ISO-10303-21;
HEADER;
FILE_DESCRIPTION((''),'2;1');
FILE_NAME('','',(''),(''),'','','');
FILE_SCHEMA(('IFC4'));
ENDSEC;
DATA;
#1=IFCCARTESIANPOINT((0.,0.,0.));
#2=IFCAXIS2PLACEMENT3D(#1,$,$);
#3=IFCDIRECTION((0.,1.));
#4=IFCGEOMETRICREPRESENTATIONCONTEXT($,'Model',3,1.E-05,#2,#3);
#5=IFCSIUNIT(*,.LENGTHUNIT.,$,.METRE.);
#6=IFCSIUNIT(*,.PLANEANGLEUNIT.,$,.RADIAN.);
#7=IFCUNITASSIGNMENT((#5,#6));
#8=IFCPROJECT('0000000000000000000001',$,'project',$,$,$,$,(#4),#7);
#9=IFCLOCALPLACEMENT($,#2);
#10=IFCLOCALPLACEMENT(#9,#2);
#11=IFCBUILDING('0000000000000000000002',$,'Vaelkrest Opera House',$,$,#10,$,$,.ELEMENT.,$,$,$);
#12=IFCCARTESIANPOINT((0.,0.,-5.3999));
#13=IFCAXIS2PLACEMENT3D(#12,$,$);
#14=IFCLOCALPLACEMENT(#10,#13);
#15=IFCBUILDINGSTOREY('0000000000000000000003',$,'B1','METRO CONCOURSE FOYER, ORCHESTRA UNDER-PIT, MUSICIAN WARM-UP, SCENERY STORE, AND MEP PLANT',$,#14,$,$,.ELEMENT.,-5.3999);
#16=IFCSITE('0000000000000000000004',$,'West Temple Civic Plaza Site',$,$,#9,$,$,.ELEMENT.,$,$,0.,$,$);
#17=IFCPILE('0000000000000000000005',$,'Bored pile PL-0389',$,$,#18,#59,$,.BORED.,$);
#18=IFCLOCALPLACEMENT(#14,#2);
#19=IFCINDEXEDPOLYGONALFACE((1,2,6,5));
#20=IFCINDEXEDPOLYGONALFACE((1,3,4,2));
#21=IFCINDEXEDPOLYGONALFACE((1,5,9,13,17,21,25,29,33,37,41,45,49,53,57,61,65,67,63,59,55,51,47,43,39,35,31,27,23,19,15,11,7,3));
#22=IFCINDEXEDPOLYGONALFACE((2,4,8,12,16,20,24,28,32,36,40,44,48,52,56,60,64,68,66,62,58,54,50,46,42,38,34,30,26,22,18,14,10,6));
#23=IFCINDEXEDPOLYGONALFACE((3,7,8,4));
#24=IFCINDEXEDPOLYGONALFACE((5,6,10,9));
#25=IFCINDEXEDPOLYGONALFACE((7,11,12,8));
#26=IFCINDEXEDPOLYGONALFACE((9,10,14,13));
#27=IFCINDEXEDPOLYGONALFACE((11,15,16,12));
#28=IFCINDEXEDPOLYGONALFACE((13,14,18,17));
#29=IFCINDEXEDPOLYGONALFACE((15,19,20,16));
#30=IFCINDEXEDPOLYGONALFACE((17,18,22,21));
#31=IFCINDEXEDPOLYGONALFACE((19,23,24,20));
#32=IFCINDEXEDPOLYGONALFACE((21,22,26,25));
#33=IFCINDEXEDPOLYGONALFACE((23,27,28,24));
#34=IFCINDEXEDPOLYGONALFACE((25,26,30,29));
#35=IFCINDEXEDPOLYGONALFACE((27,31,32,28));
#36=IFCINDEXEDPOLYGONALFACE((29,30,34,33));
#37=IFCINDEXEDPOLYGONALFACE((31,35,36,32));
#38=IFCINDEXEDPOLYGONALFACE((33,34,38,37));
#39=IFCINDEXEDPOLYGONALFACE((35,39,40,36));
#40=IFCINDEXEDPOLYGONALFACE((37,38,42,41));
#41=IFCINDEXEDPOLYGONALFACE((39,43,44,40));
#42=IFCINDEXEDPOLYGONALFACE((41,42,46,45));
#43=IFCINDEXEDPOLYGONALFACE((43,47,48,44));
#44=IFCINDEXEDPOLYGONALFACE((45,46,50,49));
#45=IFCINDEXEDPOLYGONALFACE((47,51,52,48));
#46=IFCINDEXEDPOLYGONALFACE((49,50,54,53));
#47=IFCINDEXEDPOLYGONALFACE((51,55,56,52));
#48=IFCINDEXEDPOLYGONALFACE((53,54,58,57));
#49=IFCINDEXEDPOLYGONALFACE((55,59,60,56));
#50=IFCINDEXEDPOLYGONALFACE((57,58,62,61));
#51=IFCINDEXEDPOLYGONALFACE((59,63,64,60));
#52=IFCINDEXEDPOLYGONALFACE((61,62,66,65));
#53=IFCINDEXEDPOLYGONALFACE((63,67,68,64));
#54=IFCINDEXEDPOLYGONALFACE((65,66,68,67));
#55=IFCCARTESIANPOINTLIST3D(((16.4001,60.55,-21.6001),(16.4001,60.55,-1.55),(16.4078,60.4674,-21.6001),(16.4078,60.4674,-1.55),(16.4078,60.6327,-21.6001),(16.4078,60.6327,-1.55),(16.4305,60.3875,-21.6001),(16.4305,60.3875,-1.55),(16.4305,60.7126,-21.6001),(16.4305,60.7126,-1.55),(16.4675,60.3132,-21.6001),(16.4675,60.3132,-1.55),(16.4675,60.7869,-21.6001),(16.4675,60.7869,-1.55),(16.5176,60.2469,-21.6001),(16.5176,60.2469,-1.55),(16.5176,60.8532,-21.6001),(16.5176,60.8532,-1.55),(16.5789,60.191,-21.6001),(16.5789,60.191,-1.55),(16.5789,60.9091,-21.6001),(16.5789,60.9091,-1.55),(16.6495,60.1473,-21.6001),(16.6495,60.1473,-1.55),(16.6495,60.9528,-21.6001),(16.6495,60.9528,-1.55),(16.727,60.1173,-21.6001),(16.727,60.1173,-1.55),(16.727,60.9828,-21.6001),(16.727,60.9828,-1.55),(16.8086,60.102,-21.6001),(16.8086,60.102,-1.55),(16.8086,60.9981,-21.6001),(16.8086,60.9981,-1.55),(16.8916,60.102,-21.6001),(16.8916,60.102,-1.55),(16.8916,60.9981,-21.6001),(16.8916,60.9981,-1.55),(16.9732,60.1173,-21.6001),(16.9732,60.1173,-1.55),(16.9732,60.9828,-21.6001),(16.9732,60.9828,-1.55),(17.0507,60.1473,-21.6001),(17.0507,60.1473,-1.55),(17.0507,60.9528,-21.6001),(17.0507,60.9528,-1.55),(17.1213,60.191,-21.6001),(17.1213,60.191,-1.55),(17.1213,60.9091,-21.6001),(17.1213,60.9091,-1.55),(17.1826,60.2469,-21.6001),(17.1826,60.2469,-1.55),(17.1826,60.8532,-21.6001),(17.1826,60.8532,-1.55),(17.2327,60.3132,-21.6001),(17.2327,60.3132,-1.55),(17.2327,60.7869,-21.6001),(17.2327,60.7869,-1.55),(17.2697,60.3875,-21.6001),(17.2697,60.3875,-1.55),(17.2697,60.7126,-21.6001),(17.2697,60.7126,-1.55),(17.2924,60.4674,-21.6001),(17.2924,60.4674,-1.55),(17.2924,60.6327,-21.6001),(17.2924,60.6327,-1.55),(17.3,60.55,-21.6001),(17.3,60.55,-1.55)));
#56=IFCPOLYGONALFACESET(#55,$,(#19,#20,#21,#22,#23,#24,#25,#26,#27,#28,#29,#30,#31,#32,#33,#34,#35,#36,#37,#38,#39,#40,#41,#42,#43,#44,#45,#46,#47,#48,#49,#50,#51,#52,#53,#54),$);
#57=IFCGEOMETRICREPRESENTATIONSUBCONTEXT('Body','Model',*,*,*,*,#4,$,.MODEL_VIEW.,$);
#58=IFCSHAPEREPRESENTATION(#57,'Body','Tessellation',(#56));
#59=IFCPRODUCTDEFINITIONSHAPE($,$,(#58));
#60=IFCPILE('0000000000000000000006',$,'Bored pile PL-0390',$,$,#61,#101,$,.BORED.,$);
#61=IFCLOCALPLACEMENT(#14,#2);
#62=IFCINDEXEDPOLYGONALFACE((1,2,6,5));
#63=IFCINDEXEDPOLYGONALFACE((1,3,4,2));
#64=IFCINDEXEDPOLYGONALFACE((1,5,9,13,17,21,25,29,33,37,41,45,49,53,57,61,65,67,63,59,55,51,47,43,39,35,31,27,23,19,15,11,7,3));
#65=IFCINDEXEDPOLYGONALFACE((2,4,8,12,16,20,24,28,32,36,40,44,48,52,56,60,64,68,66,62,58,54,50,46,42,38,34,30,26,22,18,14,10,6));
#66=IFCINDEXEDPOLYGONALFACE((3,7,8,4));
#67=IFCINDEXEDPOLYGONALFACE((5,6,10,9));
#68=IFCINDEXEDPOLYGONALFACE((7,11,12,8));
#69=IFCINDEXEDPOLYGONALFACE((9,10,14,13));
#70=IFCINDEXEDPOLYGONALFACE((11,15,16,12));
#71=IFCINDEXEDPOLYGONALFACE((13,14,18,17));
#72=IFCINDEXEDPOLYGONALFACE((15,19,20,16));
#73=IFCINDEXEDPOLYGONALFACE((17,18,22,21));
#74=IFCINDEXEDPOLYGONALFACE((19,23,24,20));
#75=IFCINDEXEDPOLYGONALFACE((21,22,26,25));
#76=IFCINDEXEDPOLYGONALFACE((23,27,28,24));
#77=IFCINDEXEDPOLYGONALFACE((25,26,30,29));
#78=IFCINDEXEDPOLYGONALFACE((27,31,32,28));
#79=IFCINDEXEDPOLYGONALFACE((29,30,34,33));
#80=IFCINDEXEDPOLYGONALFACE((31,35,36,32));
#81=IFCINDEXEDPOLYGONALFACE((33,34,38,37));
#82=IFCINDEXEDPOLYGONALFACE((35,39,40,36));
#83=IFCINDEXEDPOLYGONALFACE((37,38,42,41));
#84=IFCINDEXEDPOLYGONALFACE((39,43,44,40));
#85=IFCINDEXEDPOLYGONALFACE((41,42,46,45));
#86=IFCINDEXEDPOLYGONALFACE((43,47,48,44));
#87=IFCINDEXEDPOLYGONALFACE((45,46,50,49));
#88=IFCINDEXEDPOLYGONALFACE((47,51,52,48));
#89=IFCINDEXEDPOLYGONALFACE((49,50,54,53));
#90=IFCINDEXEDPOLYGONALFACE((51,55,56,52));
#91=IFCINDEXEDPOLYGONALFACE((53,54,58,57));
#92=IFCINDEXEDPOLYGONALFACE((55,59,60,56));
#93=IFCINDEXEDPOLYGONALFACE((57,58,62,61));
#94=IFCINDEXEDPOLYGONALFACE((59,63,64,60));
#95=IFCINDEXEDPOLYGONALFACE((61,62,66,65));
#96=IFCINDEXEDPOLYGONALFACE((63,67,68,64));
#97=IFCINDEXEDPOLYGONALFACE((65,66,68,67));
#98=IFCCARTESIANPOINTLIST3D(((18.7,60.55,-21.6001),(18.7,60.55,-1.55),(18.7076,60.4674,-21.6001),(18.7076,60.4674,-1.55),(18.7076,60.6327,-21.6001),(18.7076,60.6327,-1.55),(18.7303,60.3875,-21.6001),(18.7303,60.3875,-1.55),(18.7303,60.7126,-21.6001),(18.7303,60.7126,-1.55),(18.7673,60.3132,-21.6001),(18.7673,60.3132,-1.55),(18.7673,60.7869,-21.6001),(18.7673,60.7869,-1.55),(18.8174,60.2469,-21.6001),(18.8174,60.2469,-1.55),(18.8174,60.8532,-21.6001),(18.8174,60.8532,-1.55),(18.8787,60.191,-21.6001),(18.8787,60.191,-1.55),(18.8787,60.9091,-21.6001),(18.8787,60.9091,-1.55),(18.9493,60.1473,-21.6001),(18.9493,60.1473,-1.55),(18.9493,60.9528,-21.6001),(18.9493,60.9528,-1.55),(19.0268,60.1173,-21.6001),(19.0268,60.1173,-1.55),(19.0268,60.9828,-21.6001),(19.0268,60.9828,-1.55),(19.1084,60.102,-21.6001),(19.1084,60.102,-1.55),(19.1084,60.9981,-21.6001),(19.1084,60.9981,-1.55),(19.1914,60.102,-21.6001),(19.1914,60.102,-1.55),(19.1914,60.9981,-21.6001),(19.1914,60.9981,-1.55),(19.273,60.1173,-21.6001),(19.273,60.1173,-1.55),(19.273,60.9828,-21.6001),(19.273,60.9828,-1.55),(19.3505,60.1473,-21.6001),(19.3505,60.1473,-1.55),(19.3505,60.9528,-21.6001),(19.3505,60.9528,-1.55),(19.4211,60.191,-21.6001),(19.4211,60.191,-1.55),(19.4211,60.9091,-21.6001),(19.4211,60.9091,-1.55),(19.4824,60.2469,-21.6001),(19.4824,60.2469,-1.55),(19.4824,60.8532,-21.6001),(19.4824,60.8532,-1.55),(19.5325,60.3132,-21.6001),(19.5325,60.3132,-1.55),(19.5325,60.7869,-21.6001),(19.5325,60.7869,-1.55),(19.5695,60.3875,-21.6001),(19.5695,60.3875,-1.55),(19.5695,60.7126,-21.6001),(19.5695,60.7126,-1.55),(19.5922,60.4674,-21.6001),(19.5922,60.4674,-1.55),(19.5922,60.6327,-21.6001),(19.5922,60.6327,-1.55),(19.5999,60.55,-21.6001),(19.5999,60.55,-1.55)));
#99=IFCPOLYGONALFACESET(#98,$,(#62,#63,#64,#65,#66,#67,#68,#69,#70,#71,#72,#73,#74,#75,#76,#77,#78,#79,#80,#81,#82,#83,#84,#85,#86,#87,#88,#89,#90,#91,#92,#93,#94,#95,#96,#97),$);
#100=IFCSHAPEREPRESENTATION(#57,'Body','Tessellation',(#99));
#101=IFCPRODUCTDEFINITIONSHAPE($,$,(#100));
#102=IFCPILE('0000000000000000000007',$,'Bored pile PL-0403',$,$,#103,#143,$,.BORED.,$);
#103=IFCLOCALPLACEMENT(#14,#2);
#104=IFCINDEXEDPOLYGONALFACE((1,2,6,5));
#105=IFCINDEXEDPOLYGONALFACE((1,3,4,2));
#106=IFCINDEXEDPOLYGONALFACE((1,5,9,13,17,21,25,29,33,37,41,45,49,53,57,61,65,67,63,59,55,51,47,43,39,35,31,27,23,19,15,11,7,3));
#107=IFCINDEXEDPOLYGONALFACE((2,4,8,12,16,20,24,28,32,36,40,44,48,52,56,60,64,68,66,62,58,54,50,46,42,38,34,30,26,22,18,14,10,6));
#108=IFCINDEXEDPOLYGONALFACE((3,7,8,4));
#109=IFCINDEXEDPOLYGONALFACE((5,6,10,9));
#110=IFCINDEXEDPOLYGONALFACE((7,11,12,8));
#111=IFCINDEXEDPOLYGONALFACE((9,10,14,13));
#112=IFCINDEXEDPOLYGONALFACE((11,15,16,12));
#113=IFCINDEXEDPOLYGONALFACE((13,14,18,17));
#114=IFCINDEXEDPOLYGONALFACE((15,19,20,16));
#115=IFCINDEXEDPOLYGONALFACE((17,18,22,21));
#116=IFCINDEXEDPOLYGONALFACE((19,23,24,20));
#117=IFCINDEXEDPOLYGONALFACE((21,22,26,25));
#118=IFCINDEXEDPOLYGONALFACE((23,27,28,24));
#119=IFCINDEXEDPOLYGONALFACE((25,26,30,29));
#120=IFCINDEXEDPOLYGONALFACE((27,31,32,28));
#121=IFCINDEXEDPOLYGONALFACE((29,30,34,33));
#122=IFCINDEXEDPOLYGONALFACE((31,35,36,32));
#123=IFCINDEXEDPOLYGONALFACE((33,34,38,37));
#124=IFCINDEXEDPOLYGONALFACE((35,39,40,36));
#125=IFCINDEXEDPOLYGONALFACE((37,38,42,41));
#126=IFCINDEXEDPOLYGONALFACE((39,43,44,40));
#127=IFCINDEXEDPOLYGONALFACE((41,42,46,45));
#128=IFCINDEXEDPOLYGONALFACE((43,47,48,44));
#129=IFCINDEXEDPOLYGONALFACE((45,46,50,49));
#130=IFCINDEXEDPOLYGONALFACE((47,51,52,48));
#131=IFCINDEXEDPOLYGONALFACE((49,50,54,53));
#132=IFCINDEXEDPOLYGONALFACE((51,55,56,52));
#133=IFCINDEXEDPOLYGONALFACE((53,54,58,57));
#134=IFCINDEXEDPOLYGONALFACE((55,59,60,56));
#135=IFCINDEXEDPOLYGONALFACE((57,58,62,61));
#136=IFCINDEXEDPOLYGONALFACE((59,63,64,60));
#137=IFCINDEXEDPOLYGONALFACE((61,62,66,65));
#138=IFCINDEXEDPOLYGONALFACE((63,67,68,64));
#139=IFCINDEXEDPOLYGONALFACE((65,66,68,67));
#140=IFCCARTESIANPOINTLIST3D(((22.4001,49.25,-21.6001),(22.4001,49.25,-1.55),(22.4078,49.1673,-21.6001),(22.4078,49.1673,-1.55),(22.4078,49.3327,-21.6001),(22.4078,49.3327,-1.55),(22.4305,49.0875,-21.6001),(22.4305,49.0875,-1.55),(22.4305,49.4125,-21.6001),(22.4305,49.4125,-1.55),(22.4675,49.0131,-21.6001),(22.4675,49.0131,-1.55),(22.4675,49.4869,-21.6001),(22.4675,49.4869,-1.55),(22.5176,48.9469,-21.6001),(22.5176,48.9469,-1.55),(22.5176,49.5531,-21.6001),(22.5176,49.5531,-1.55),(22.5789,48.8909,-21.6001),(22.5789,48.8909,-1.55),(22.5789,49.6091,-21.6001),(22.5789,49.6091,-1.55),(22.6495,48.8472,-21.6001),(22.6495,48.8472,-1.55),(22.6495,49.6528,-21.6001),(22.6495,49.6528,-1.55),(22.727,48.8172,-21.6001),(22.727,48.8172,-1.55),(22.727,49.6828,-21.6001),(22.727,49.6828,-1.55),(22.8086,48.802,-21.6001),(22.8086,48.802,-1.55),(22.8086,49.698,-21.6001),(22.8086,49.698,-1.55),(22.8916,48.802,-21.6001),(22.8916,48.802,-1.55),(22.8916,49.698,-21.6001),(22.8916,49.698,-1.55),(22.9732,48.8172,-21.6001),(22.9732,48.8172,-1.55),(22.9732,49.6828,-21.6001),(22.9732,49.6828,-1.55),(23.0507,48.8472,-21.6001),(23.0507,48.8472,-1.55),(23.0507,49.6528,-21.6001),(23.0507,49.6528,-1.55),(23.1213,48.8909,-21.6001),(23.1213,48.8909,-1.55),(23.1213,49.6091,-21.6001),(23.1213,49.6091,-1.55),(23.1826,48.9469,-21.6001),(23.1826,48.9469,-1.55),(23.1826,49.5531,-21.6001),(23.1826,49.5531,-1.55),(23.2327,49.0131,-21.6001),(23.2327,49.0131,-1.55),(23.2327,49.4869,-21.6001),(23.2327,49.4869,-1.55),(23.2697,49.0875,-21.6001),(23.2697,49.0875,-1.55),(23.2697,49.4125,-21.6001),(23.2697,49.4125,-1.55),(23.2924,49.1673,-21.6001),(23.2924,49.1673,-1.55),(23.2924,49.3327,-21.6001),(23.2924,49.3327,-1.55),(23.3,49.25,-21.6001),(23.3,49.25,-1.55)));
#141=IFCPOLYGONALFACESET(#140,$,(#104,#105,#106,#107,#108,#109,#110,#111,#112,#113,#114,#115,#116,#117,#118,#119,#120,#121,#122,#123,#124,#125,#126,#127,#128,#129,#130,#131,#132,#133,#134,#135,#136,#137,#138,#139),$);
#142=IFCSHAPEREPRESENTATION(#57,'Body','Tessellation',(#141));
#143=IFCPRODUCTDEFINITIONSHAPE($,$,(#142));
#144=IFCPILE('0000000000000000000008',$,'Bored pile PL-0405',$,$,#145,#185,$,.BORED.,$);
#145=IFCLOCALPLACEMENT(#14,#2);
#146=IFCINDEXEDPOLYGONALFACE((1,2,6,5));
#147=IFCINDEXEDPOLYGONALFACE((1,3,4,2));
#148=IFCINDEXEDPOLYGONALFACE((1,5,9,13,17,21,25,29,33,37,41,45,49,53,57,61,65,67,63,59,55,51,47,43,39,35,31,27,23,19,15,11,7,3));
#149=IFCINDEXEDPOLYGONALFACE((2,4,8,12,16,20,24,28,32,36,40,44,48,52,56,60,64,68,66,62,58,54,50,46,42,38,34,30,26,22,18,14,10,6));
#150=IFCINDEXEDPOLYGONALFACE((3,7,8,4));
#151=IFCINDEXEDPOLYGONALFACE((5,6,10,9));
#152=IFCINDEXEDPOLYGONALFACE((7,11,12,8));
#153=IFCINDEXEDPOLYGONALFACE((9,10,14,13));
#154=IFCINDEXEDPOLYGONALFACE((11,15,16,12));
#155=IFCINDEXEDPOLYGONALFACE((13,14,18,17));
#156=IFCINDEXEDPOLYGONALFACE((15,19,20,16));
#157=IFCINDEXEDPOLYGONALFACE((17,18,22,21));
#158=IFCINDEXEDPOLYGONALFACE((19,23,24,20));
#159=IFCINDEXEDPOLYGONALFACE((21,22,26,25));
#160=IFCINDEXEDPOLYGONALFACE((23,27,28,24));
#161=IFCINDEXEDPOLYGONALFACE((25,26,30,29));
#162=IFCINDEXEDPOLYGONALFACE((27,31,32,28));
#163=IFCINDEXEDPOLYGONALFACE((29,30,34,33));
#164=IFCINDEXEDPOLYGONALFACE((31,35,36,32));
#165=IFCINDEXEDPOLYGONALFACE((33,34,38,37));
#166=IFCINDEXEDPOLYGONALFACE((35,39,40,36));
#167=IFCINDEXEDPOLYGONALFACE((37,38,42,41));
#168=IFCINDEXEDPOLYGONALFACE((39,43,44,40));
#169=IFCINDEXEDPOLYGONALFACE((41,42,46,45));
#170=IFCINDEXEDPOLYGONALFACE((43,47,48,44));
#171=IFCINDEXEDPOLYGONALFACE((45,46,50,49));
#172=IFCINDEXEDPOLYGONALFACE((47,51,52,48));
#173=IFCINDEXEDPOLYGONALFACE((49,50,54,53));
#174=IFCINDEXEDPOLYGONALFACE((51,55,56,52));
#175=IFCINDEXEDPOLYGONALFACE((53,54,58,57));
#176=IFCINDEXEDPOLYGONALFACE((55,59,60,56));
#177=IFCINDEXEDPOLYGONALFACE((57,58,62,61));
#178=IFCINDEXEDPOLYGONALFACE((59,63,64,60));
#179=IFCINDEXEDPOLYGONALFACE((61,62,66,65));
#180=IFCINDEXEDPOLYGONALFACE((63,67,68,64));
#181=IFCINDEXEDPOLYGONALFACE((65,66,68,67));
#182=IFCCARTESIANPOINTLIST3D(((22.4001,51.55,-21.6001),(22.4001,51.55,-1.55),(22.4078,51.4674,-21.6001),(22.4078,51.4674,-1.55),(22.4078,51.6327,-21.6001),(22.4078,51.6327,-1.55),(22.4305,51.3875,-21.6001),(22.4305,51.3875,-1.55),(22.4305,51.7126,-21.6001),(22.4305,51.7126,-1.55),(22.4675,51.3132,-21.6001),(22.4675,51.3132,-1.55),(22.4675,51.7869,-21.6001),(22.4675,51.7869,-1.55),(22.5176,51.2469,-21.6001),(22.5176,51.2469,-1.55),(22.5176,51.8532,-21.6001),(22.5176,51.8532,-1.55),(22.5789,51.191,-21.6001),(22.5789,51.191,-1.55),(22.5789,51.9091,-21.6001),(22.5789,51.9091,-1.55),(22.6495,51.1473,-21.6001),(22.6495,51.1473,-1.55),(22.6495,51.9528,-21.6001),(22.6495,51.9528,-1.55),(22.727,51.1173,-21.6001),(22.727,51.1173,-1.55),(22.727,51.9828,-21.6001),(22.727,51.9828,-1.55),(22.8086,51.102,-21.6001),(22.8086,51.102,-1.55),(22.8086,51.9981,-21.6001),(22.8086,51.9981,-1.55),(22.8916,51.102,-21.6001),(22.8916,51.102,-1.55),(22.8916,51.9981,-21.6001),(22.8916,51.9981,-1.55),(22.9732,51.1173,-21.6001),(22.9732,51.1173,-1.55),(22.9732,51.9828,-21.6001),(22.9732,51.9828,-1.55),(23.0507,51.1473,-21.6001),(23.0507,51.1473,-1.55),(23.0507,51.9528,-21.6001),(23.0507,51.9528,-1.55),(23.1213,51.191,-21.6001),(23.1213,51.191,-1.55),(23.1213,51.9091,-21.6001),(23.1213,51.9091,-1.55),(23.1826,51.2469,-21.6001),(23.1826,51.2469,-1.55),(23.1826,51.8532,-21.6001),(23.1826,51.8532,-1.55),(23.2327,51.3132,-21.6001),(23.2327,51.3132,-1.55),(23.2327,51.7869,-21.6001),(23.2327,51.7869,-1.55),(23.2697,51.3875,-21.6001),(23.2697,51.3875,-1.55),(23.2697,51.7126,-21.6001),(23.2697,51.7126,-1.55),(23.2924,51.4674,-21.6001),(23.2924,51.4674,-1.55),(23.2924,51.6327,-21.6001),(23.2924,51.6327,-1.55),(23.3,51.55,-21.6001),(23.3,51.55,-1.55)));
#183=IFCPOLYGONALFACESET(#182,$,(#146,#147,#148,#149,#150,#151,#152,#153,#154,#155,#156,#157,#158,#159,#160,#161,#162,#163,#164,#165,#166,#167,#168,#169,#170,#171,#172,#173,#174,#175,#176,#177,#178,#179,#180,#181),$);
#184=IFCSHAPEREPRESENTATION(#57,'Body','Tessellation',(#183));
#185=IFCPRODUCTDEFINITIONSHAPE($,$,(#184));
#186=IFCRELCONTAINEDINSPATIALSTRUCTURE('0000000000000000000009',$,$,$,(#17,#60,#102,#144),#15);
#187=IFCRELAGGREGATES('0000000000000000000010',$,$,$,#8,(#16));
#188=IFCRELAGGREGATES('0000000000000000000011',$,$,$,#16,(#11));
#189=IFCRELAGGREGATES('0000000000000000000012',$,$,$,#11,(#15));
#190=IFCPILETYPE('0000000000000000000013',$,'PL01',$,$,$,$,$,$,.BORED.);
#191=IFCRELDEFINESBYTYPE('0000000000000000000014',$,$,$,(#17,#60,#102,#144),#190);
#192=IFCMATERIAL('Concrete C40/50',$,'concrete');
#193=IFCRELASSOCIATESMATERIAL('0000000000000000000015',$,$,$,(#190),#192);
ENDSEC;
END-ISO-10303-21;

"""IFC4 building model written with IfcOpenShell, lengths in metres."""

from ifc_helpers import new_model, si_unit, direction, frame, origin, origin_2d, place, context, subcontext, project, spatial, circle, extrude, material, material_profile, profile_set, type_object, element, save


model = new_model("IFC4")

# Units and contexts
model_context = context("Model", 3, precision=1e-05, world=origin(), true_north=direction((0.0, 1.0)))
body_context = subcontext(model_context, "Body", "Model", "MODEL_VIEW")
ifc_project = project(units=[si_unit("LENGTHUNIT", "METRE"), si_unit("PLANEANGLEUNIT", "RADIAN")], contexts=[model_context])

# Site, building, storey
site_placement = place(None, origin())
site = spatial("IfcSite", under=ifc_project, at=site_placement, Name="West Temple Civic Plaza Site", CompositionType="ELEMENT", RefElevation=0.0)
building_placement = place(site_placement, origin())
building = spatial("IfcBuilding", under=site, at=building_placement, Name="Vaelkrest Opera House", CompositionType="ELEMENT")
storey_placement = place(building_placement, frame((0.0, 0.0, -5.3999)))
storey = spatial("IfcBuildingStorey", under=building, at=storey_placement, Name="B1", Description="METRO CONCOURSE FOYER, ORCHESTRA UNDER-PIT, MUSICIAN WARM-UP, SCENERY STORE, AND MEP PLANT", CompositionType="ELEMENT", Elevation=-5.3999)

# Shared definitions
ifc_material_1 = material(Name="Concrete C40/50", Category="concrete")

# Piles
ifc_material_profile_1 = material_profile(ifc_material_1, circle(Radius=0.45, at=origin_2d()), Name="PILE900")
ifc_profile_set_1 = profile_set([ifc_material_profile_1], Name="Concrete C40/50")
pile_type = type_object("IfcPileType", Name="PL01", PredefinedType="BORED", material=ifc_profile_set_1)
for number, where, z_axis, x_axis, name in (
    (1, (16.8501, 60.55, -1.55), (0.0, 0.0, -1.0), (1.0, 0.0, 0.0), "Bored pile PL-0389"),
    (2, (19.1499, 60.55, -1.55), (0.0, 0.0, -1.0), (1.0, 0.0, 0.0), "Bored pile PL-0390"),
    (3, (22.8501, 49.25, -1.55), (0.0, 0.0, -1.0), (1.0, 0.0, 0.0), "Bored pile PL-0403"),
    (4, (22.8501, 51.55, -1.55), (0.0, 0.0, -1.0), (1.0, 0.0, 0.0), "Bored pile PL-0405"),
):
    element("IfcPile", number, at=place(storey_placement, frame(where, z_axis=z_axis, x_axis=x_axis)), inside=storey, type_object=pile_type, Name=name, PredefinedType="BORED", context=body_context, shape_type="SweptSolid", body=[
        extrude(circle(Radius=0.45, at=origin_2d()), origin(), (0.0, 0.0, 1.0), 20.05),
    ])

save(model, "model.ifc")
